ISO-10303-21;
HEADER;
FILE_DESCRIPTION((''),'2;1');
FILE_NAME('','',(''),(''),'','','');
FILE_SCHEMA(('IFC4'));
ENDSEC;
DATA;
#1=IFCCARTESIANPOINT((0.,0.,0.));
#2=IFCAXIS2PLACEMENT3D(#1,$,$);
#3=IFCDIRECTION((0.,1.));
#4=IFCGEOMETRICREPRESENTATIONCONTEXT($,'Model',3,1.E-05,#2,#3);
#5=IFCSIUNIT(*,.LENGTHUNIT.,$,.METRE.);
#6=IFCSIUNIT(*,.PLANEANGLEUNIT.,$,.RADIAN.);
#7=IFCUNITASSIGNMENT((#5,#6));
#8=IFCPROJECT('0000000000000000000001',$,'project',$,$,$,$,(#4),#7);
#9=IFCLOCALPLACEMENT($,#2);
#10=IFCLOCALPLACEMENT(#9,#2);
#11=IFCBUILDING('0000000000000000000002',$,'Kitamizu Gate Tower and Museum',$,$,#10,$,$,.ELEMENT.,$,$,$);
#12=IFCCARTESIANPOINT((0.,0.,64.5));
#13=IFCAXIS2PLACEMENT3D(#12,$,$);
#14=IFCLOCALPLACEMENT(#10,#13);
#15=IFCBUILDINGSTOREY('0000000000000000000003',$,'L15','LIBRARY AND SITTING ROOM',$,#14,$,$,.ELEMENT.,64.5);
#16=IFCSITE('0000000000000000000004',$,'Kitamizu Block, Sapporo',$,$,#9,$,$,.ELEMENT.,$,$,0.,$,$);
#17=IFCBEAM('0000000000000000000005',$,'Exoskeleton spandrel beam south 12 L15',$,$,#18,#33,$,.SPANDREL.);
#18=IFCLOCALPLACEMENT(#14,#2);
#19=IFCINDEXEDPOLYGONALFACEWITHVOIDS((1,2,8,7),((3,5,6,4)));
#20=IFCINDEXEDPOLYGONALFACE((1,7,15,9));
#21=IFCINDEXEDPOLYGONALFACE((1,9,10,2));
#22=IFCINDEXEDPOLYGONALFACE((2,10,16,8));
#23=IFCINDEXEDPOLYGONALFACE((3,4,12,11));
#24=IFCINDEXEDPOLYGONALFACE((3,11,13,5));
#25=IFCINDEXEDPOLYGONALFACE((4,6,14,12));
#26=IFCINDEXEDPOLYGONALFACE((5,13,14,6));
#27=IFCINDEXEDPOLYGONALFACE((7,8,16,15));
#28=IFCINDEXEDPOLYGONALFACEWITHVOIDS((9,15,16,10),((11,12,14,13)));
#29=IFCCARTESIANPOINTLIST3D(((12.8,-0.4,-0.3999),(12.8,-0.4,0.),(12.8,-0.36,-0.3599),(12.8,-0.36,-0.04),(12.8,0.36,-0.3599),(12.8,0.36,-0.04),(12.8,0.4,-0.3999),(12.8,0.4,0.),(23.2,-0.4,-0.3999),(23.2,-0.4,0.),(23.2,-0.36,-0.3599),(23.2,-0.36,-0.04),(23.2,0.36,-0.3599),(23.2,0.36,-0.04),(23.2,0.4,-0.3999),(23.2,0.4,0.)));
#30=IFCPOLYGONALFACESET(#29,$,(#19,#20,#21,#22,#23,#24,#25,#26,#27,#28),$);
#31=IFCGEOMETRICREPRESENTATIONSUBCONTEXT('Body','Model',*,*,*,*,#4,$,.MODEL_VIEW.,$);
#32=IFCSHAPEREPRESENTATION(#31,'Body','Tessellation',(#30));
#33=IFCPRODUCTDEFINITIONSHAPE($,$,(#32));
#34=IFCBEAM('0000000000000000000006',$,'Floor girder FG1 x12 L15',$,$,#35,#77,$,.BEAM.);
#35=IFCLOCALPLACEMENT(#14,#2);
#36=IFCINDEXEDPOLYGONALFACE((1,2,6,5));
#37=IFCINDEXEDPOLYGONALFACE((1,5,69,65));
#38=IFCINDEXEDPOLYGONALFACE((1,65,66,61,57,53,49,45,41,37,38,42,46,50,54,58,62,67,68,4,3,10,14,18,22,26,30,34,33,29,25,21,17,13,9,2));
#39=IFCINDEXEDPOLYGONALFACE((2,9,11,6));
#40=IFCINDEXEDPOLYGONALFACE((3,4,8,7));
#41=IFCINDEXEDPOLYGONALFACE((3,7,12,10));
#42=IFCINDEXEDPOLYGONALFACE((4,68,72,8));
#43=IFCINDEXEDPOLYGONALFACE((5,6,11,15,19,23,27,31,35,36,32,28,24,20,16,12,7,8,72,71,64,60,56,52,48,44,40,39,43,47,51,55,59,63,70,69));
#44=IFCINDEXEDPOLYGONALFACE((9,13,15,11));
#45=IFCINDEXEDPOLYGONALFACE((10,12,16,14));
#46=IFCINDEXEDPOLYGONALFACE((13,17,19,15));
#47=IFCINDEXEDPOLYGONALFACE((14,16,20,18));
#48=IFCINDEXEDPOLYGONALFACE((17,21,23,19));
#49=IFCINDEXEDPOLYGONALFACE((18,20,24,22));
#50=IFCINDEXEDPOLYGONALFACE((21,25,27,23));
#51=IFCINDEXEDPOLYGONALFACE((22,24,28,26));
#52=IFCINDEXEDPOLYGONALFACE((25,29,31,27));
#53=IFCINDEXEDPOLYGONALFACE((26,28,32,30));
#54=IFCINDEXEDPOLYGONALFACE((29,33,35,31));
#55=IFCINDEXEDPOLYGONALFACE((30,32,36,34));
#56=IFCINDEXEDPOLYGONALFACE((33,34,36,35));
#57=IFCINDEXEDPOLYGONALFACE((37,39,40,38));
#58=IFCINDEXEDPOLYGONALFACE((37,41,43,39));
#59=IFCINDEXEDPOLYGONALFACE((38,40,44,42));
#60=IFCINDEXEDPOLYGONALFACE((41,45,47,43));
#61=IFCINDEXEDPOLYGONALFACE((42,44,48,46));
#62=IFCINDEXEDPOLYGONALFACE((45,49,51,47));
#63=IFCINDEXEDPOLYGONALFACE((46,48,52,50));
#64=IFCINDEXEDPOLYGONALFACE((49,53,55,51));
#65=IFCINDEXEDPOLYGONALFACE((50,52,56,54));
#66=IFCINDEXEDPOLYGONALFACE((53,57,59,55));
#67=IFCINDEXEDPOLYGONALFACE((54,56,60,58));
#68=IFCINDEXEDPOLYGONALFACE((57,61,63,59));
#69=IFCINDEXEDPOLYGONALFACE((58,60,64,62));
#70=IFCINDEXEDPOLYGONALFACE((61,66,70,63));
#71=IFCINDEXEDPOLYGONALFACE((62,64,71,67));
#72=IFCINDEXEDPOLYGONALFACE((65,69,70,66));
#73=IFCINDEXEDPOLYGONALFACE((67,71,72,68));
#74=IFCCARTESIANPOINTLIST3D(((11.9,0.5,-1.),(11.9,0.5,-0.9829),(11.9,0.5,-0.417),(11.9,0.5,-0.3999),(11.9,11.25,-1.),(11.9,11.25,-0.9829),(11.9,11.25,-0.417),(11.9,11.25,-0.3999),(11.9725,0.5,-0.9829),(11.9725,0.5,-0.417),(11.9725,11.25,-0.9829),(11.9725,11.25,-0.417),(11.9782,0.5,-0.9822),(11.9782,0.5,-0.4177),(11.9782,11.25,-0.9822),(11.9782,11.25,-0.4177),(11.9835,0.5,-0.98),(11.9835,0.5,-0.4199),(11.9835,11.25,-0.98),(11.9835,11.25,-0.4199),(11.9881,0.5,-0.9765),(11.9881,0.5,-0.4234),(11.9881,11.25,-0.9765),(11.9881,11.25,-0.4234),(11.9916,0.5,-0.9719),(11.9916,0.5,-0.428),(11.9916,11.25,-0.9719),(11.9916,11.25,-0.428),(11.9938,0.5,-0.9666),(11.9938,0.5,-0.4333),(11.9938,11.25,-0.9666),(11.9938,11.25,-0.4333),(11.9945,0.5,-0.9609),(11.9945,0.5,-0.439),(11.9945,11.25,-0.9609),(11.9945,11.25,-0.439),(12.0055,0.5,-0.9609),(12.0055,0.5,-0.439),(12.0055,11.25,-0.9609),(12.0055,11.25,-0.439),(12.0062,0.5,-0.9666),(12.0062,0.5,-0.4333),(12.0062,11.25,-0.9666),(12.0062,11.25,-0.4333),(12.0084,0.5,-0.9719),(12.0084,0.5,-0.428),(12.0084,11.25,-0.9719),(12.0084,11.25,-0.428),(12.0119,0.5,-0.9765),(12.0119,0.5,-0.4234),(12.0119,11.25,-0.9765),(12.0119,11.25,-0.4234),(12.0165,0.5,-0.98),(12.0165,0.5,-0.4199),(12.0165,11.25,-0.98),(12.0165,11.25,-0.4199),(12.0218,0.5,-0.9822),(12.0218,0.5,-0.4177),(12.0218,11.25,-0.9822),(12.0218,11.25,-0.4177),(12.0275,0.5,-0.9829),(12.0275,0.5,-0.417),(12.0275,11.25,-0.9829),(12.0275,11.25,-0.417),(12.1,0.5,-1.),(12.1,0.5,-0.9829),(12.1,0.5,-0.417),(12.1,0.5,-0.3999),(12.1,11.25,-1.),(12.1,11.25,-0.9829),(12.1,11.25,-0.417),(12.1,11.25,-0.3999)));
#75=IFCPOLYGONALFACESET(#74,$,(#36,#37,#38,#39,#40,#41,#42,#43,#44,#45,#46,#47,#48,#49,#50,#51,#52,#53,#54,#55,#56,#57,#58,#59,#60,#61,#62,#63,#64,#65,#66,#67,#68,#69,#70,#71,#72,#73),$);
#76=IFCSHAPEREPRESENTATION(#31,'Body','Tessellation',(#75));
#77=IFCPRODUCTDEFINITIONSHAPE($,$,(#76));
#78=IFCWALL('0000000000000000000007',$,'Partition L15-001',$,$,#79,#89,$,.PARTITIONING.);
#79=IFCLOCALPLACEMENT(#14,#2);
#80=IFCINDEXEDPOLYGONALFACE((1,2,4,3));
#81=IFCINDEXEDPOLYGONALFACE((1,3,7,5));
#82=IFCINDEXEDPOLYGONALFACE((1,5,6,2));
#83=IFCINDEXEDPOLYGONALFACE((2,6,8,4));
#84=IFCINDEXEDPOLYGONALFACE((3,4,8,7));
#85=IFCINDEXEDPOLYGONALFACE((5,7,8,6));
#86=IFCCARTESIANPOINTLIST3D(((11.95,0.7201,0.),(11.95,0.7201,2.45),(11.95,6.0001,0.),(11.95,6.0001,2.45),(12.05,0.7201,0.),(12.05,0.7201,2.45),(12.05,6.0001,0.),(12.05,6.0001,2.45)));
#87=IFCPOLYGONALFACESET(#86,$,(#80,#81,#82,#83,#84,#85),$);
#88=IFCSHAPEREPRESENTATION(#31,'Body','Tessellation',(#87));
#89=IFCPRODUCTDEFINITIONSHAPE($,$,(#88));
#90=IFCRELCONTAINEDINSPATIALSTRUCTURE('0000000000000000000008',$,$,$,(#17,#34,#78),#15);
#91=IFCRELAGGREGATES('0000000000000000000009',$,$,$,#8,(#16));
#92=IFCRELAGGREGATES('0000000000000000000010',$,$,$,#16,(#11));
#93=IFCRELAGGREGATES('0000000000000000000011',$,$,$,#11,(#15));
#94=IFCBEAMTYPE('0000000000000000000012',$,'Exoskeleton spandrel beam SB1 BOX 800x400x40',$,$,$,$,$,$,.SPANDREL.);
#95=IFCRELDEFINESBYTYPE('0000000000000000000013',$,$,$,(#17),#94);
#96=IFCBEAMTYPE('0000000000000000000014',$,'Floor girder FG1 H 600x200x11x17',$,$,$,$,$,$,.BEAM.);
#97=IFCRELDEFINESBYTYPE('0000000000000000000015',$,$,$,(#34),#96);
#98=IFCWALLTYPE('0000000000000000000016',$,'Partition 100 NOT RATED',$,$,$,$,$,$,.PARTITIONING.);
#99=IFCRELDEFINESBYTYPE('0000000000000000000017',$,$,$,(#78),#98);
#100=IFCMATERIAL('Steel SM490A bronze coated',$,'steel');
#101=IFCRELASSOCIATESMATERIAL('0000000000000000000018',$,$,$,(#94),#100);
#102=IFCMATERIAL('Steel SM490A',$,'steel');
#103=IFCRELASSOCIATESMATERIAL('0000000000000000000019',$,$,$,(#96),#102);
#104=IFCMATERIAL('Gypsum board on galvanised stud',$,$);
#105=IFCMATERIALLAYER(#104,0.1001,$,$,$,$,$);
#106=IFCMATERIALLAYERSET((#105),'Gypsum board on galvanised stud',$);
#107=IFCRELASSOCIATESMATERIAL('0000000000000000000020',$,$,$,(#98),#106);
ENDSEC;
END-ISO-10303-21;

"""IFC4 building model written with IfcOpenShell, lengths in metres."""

from ifc_helpers import new_model, si_unit, direction, frame, frame_2d, origin, origin_2d, place, context, subcontext, project, spatial, rectangle, hollow_rectangle, i_section, extrude, material, layer, layer_set, material_profile, profile_set, type_object, element, save


model = new_model("IFC4")

# Units and contexts
model_context = context("Model", 3, precision=1e-05, world=origin(), true_north=direction((0.0, 1.0)))
body_context = subcontext(model_context, "Body", "Model", "MODEL_VIEW")
ifc_project = project(units=[si_unit("LENGTHUNIT", "METRE"), si_unit("PLANEANGLEUNIT", "RADIAN")], contexts=[model_context])

# Site, building, storey
site_placement = place(None, origin())
site = spatial("IfcSite", under=ifc_project, at=site_placement, Name="Kitamizu Block, Sapporo", CompositionType="ELEMENT", RefElevation=0.0)
building_placement = place(site_placement, origin())
building = spatial("IfcBuilding", under=site, at=building_placement, Name="Kitamizu Gate Tower and Museum", CompositionType="ELEMENT")
storey_placement = place(building_placement, frame((0.0, 0.0, 64.5)))
storey = spatial("IfcBuildingStorey", under=building, at=storey_placement, Name="L15", Description="LIBRARY AND SITTING ROOM", CompositionType="ELEMENT", Elevation=64.5)

# Beams
ifc_material_1 = material(Name="Steel SM490A bronze coated", Category="steel")
ifc_material_profile_1 = material_profile(ifc_material_1, hollow_rectangle(XDim=0.8, YDim=0.3999, WallThickness=0.04, at=origin_2d()), Name="BOX 800x400x40")
ifc_profile_set_1 = profile_set([ifc_material_profile_1], Name="Steel SM490A bronze coated")
beam_type_1 = type_object("IfcBeamType", Name="Exoskeleton spandrel beam SB1 BOX 800x400x40", PredefinedType="SPANDREL", material=ifc_profile_set_1)
beam_1_placement = place(storey_placement, frame((12.8, 0.0, -0.2), z_axis=(1.0, 0.0, 0.0), x_axis=(0.0, 1.0, 0.0)))
element("IfcBeam", 1, at=beam_1_placement, inside=storey, type_object=beam_type_1, Name="Exoskeleton spandrel beam south 12 L15", PredefinedType="SPANDREL", context=body_context, shape_type="SweptSolid", body=[
    extrude(hollow_rectangle(XDim=0.8, YDim=0.3999, WallThickness=0.04, at=origin_2d()), origin(), (0.0, 0.0, 1.0), 10.3999),
])
ifc_material_2 = material(Name="Steel SM490A", Category="steel")
ifc_material_profile_2 = material_profile(ifc_material_2, i_section(OverallWidth=0.2, OverallDepth=0.6001, WebThickness=0.011, FlangeThickness=0.0171, FilletRadius=0.022, at=origin_2d()), Name="H-600x200x11x17")
ifc_profile_set_2 = profile_set([ifc_material_profile_2], Name="Steel SM490A")
beam_type_2 = type_object("IfcBeamType", Name="Floor girder FG1 H 600x200x11x17", PredefinedType="BEAM", material=ifc_profile_set_2)
beam_2_placement = place(storey_placement, frame((12.0, 0.5, -0.7), z_axis=(0.0, 1.0, 0.0), x_axis=(-1.0, 0.0, 0.0)))
element("IfcBeam", 2, at=beam_2_placement, inside=storey, type_object=beam_type_2, Name="Floor girder FG1 x12 L15", PredefinedType="BEAM", context=body_context, shape_type="SweptSolid", body=[
    extrude(i_section(OverallWidth=0.2, OverallDepth=0.6001, WebThickness=0.011, FlangeThickness=0.0171, FilletRadius=0.022, at=origin_2d()), origin(), (0.0, 0.0, 1.0), 10.75),
])

# Wall
ifc_material_3 = material(Name="Gypsum board on galvanised stud")
ifc_layer = layer(ifc_material_3, 0.1001)
ifc_layer_set = layer_set([ifc_layer], Name="Gypsum board on galvanised stud")
wall_type = type_object("IfcWallType", Name="Partition 100 NOT RATED", PredefinedType="PARTITIONING", material=ifc_layer_set)
wall_placement = place(storey_placement, frame((12.0, 0.72, 0.0), z_axis=(0.0, 0.0, 1.0), x_axis=(0.0, 1.0, 0.0)))
element("IfcWall", 3, at=wall_placement, inside=storey, type_object=wall_type, Name="Partition L15-001", PredefinedType="PARTITIONING", context=body_context, shape_type="SweptSolid", body=[
    extrude(rectangle(XDim=5.28, YDim=0.1001, at=frame_2d((2.6401, 0.0))), origin(), (0.0, 0.0, 1.0), 2.45),
])

save(model, "model.ifc")
